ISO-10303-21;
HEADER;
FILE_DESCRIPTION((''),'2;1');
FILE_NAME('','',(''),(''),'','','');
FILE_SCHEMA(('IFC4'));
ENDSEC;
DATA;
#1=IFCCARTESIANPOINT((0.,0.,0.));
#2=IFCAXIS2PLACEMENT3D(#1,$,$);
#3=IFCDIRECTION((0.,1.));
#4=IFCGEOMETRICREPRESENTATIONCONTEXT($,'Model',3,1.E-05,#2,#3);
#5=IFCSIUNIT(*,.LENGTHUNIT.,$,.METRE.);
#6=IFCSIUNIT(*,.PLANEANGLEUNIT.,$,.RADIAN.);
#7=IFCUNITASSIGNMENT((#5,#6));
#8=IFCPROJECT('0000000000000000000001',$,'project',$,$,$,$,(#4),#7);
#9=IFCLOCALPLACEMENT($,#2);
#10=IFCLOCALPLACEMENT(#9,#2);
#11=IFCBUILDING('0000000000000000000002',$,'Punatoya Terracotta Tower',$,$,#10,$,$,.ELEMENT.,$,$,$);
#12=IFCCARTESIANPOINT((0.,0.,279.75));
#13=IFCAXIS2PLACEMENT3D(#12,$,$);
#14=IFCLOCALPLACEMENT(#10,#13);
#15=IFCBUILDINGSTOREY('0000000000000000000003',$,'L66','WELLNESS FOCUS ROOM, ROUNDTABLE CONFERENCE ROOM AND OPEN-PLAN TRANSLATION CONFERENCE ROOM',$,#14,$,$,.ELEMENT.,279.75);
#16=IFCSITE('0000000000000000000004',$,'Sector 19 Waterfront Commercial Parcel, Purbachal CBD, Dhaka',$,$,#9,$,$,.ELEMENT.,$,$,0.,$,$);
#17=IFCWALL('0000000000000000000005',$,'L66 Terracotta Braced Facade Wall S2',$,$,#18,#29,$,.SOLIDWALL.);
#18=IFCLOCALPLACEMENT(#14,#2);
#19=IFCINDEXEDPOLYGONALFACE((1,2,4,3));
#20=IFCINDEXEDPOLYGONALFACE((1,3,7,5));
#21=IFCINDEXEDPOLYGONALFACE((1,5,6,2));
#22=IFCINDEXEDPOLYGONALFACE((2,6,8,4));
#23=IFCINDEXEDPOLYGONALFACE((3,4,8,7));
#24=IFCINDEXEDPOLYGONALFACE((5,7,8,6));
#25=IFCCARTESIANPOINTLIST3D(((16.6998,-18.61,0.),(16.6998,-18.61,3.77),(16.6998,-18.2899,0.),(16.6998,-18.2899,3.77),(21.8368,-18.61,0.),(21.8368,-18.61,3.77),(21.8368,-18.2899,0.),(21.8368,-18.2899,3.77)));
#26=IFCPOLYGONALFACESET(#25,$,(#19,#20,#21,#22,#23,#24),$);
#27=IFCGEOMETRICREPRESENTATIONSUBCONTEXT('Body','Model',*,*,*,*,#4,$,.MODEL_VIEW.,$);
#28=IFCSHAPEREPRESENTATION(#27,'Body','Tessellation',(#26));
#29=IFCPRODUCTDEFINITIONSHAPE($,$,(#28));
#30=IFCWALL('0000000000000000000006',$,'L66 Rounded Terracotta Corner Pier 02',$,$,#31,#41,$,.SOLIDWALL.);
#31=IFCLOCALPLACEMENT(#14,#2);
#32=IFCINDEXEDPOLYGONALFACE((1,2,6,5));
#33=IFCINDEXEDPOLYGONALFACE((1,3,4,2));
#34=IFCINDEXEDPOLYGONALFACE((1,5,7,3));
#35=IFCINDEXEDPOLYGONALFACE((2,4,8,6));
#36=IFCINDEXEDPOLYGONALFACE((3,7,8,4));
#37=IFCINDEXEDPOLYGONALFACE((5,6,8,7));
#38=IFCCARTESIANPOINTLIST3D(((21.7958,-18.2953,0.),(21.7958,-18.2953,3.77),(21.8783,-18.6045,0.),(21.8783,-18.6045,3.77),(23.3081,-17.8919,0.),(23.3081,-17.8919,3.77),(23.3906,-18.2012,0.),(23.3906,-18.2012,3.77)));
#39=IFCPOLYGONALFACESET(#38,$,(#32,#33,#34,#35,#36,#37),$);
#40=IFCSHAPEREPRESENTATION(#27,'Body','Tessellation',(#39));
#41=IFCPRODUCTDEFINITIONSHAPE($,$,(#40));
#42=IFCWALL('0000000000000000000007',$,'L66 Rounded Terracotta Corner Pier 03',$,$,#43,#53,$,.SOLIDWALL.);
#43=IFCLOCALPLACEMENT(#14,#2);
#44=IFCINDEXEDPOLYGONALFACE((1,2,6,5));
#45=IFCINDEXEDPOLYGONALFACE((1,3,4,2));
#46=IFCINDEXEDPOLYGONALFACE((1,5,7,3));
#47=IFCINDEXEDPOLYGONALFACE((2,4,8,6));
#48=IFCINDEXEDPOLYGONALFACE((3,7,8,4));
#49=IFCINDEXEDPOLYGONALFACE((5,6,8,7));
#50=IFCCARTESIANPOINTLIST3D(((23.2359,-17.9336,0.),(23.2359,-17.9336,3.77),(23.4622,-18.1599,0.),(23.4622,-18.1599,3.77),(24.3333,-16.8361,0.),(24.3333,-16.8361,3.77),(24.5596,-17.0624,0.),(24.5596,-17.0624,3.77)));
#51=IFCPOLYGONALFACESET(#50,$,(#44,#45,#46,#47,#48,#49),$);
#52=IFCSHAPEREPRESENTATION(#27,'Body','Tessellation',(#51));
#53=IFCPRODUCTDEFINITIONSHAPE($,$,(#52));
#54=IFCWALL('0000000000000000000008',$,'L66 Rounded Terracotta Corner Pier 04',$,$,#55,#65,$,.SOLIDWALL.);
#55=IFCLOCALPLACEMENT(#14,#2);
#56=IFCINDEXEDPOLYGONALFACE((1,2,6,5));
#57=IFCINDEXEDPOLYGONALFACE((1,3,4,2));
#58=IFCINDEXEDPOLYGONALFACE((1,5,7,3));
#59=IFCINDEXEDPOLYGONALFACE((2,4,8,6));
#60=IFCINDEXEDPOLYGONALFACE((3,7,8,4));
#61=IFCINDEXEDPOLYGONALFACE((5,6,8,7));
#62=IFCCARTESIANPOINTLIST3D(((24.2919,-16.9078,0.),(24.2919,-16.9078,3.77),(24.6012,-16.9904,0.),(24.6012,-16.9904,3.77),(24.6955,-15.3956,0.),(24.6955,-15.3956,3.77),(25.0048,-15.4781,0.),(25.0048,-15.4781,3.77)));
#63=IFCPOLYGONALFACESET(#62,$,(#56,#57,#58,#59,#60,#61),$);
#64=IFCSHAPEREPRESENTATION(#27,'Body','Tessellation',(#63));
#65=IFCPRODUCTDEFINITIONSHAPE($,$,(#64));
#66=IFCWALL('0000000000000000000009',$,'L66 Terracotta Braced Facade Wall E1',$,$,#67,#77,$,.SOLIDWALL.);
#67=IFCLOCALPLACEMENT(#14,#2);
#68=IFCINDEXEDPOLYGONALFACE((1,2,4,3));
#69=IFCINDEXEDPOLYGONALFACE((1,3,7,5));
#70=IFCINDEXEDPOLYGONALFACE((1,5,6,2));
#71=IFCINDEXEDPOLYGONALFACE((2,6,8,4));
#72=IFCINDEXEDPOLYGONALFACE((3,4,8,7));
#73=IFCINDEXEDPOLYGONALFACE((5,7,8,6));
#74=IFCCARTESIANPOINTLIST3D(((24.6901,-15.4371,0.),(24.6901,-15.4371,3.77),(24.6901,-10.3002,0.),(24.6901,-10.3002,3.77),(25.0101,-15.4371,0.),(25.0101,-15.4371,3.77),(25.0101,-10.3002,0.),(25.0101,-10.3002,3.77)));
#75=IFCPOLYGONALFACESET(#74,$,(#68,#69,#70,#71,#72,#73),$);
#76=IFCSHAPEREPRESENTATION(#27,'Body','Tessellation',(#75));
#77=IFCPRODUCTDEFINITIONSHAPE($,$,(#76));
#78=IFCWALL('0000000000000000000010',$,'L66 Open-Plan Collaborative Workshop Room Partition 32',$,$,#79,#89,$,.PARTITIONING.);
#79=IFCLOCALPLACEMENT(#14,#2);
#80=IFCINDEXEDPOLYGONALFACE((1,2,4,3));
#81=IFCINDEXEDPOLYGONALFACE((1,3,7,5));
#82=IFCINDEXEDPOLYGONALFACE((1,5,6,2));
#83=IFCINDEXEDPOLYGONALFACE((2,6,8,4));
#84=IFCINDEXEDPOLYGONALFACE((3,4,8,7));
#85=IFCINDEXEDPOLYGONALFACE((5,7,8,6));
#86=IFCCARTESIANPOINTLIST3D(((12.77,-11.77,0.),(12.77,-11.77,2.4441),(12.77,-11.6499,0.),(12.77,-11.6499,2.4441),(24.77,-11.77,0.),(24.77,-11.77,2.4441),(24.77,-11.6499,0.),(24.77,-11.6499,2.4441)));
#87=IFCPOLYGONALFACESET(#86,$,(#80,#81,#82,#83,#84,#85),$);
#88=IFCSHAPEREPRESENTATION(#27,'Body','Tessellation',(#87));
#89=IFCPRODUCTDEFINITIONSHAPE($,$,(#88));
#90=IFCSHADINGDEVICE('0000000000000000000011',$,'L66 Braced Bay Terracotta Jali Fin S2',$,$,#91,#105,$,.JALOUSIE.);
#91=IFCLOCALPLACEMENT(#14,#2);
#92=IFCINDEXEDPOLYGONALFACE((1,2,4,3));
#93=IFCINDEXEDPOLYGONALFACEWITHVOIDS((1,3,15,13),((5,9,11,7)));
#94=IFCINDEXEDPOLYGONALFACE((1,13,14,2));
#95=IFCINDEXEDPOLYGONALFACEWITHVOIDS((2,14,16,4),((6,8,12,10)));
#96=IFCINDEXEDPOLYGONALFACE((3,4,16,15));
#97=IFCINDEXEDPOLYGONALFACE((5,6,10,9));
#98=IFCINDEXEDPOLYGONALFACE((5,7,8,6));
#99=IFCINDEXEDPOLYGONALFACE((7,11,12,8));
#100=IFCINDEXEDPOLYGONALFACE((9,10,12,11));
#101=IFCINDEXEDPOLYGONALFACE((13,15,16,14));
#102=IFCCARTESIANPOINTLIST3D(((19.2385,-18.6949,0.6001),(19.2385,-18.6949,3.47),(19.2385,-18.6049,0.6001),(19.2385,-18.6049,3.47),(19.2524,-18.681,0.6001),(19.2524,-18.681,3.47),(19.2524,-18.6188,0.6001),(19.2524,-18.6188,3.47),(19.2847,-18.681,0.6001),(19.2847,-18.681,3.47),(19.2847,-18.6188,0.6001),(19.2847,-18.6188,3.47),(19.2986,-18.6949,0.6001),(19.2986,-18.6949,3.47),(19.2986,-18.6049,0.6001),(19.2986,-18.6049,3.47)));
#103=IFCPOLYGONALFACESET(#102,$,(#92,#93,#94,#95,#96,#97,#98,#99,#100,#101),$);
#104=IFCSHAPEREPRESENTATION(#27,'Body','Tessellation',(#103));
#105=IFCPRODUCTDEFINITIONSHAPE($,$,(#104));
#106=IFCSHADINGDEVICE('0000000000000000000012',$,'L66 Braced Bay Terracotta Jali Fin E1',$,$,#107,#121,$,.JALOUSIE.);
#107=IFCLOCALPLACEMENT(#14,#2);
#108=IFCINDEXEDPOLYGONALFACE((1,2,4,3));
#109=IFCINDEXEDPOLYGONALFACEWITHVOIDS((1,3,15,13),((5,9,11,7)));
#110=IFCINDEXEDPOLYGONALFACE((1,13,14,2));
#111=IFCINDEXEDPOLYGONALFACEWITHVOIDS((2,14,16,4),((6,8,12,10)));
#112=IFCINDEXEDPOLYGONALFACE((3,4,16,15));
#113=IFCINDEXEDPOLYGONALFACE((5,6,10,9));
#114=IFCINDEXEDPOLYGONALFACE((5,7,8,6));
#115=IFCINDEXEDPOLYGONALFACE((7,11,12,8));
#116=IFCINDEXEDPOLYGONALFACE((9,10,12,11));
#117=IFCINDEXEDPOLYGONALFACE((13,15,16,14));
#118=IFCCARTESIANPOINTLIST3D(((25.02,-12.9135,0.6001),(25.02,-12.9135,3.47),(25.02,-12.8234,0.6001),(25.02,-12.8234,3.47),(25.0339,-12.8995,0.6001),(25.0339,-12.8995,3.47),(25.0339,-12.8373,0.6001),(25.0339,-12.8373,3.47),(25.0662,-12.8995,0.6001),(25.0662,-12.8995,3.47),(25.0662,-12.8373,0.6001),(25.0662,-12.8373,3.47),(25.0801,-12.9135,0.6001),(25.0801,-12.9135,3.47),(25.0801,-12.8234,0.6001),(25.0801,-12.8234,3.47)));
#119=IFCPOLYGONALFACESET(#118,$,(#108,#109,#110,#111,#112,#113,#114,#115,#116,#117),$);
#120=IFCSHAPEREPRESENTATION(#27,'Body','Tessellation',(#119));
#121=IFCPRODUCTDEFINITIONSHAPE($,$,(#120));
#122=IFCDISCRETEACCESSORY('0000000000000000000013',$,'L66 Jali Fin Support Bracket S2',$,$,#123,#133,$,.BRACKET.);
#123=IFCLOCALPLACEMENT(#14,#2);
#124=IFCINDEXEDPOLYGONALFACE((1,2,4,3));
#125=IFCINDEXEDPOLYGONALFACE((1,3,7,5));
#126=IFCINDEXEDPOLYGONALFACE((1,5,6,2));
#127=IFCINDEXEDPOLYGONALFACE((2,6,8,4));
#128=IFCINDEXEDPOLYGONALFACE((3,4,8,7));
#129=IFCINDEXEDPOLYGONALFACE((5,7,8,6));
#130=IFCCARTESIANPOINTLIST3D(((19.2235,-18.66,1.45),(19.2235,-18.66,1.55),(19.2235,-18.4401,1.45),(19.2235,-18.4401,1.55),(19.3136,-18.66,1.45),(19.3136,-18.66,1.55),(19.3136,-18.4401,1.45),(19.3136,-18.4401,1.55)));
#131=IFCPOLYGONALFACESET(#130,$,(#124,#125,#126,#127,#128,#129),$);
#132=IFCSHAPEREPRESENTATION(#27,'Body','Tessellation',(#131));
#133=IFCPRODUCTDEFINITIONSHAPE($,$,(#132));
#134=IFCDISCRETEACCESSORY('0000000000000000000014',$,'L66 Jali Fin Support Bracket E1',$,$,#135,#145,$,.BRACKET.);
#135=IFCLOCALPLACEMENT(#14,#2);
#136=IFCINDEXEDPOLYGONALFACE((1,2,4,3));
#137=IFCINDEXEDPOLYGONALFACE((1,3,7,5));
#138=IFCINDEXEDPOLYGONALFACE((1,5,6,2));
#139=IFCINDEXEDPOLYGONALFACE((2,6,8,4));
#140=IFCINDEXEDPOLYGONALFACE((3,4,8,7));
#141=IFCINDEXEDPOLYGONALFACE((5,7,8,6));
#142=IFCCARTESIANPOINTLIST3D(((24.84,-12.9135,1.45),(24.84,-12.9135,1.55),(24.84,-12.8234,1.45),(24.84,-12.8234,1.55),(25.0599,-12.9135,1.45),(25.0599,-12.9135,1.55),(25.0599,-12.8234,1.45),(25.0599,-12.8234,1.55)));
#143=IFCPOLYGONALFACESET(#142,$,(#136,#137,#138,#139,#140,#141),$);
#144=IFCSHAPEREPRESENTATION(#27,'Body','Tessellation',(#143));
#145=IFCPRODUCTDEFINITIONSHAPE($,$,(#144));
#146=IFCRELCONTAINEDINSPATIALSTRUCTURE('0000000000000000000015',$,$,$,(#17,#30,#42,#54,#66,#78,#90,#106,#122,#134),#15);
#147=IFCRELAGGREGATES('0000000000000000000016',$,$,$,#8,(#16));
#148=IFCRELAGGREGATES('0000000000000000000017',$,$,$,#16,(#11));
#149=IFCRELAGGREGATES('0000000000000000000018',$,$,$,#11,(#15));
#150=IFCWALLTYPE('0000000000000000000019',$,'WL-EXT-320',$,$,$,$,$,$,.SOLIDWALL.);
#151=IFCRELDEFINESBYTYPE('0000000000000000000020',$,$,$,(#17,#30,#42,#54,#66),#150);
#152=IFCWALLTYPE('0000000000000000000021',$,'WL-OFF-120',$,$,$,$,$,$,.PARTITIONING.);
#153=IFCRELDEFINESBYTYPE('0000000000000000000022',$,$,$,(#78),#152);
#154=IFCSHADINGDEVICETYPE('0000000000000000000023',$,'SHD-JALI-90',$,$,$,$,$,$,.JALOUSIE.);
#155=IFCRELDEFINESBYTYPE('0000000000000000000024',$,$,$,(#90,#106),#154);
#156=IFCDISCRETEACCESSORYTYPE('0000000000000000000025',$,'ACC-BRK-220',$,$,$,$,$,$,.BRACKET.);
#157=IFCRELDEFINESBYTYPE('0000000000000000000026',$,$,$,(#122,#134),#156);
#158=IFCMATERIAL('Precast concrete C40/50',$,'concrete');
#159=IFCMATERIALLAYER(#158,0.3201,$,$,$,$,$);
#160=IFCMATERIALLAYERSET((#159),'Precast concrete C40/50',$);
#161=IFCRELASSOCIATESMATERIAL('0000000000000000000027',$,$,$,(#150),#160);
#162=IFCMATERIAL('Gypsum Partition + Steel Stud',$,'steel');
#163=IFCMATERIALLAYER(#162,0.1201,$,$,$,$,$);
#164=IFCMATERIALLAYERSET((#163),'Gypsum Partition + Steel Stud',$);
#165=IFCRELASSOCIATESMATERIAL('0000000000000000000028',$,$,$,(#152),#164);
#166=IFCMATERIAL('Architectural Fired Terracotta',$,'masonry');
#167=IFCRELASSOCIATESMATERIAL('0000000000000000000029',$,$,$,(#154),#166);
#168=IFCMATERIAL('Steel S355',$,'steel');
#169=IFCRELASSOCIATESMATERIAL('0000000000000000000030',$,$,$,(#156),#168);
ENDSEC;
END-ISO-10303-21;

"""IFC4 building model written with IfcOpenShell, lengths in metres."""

from ifc_helpers import new_model, si_unit, direction, frame, frame_2d, origin, origin_2d, place, context, subcontext, project, spatial, rectangle, hollow_rectangle, extrude, material, layer, layer_set, material_profile, profile_set, type_object, element, save


model = new_model("IFC4")

# Units and contexts
model_context = context("Model", 3, precision=1e-05, world=origin(), true_north=direction((0.0, 1.0)))
body_context = subcontext(model_context, "Body", "Model", "MODEL_VIEW")
ifc_project = project(units=[si_unit("LENGTHUNIT", "METRE"), si_unit("PLANEANGLEUNIT", "RADIAN")], contexts=[model_context])

# Site, building, storey
site_placement = place(None, origin())
site = spatial("IfcSite", under=ifc_project, at=site_placement, Name="Sector 19 Waterfront Commercial Parcel, Purbachal CBD, Dhaka", CompositionType="ELEMENT", RefElevation=0.0)
building_placement = place(site_placement, origin())
building = spatial("IfcBuilding", under=site, at=building_placement, Name="Punatoya Terracotta Tower", CompositionType="ELEMENT")
storey_placement = place(building_placement, frame((0.0, 0.0, 279.75)))
storey = spatial("IfcBuildingStorey", under=building, at=storey_placement, Name="L66", Description="WELLNESS FOCUS ROOM, ROUNDTABLE CONFERENCE ROOM AND OPEN-PLAN TRANSLATION CONFERENCE ROOM", CompositionType="ELEMENT", Elevation=279.75)

# Shared definitions
ifc_material_1 = material(Name="Steel S355", Category="steel")

# Walls
ifc_material_2 = material(Name="Precast concrete C40/50", Category="concrete")
ifc_layer_1 = layer(ifc_material_2, 0.3201)
ifc_layer_set_1 = layer_set([ifc_layer_1], Name="Precast concrete C40/50")
wall_type_1 = type_object("IfcWallType", Name="WL-EXT-320", PredefinedType="SOLIDWALL", material=ifc_layer_set_1)
wall_1_placement = place(storey_placement, frame((16.7, -18.45, 0.0), z_axis=(0.0, 0.0, 1.0), x_axis=(1.0, 0.0, 0.0)))
element("IfcWall", 1, at=wall_1_placement, inside=storey, type_object=wall_type_1, Name="L66 Terracotta Braced Facade Wall S2", PredefinedType="SOLIDWALL", context=body_context, shape_type="SweptSolid", body=[
    extrude(rectangle(XDim=5.137, YDim=0.3201, at=frame_2d((2.5684, 0.0))), origin(), (0.0, 0.0, 1.0), 3.77),
])
wall_2_placement = place(storey_placement, frame((21.8369, -18.45, 0.0), z_axis=(0.0, 0.0, 1.0), x_axis=(0.966225, 0.257701, 0.0)))
element("IfcWall", 2, at=wall_2_placement, inside=storey, type_object=wall_type_1, Name="L66 Rounded Terracotta Corner Pier 02", PredefinedType="SOLIDWALL", context=body_context, shape_type="SweptSolid", body=[
    extrude(rectangle(XDim=1.5652, YDim=0.3201, at=frame_2d((0.7827, 0.0))), origin(), (0.0, 0.0, 1.0), 3.77),
])
wall_3_placement = place(storey_placement, frame((23.3491, -18.0466, 0.0), z_axis=(0.0, 0.0, 1.0), x_axis=(0.707107, 0.707107, 0.0)))
element("IfcWall", 3, at=wall_3_placement, inside=storey, type_object=wall_type_1, Name="L66 Rounded Terracotta Corner Pier 03", PredefinedType="SOLIDWALL", context=body_context, shape_type="SweptSolid", body=[
    extrude(rectangle(XDim=1.552, YDim=0.3201, at=frame_2d((0.7759, 0.0))), origin(), (0.0, 0.0, 1.0), 3.77),
])
wall_4_placement = place(storey_placement, frame((24.4465, -16.9492, 0.0), z_axis=(0.0, 0.0, 1.0), x_axis=(0.257847, 0.966186, 0.0)))
element("IfcWall", 4, at=wall_4_placement, inside=storey, type_object=wall_type_1, Name="L66 Rounded Terracotta Corner Pier 04", PredefinedType="SOLIDWALL", context=body_context, shape_type="SweptSolid", body=[
    extrude(rectangle(XDim=1.5652, YDim=0.3201, at=frame_2d((0.7827, 0.0))), origin(), (0.0, 0.0, 1.0), 3.77),
])
wall_5_placement = place(storey_placement, frame((24.8501, -15.437, 0.0), z_axis=(0.0, 0.0, 1.0), x_axis=(0.0, 1.0, 0.0)))
element("IfcWall", 5, at=wall_5_placement, inside=storey, type_object=wall_type_1, Name="L66 Terracotta Braced Facade Wall E1", PredefinedType="SOLIDWALL", context=body_context, shape_type="SweptSolid", body=[
    extrude(rectangle(XDim=5.137, YDim=0.3201, at=frame_2d((2.5684, 0.0))), origin(), (0.0, 0.0, 1.0), 3.77),
])
ifc_material_3 = material(Name="Gypsum Partition + Steel Stud", Category="steel")
ifc_layer_2 = layer(ifc_material_3, 0.1201)
ifc_layer_set_2 = layer_set([ifc_layer_2], Name="Gypsum Partition + Steel Stud")
wall_type_2 = type_object("IfcWallType", Name="WL-OFF-120", PredefinedType="PARTITIONING", material=ifc_layer_set_2)
wall_6_placement = place(storey_placement, frame((12.77, -11.71, 0.0), z_axis=(0.0, 0.0, 1.0), x_axis=(1.0, 0.0, 0.0)))
element("IfcWall", 6, at=wall_6_placement, inside=storey, type_object=wall_type_2, Name="L66 Open-Plan Collaborative Workshop Room Partition 32", PredefinedType="PARTITIONING", context=body_context, shape_type="SweptSolid", body=[
    extrude(rectangle(XDim=12.0, YDim=0.1201, at=frame_2d((6.0, 0.0))), origin(), (0.0, 0.0, 1.0), 2.4441),
])

# Shading devices
ifc_material_4 = material(Name="Architectural Fired Terracotta", Category="masonry")
ifc_material_profile_1 = material_profile(ifc_material_4, hollow_rectangle(XDim=0.0601, YDim=0.0901, WallThickness=0.0139, at=origin_2d()))
ifc_profile_set_1 = profile_set([ifc_material_profile_1], Name="Architectural Fired Terracotta")
shading_device_type = type_object("IfcShadingDeviceType", Name="SHD-JALI-90", PredefinedType="JALOUSIE", material=ifc_profile_set_1)
for number, where, z_axis, x_axis, name in (
    (7, (19.2686, -18.6499, 0.6001), (0.0, 0.0, 1.0), (1.0, 0.0, 0.0), "L66 Braced Bay Terracotta Jali Fin S2"),
    (8, (25.05, -12.8684, 0.6001), (0.0, 0.0, 1.0), (1.0, 0.0, 0.0), "L66 Braced Bay Terracotta Jali Fin E1"),
):
    element("IfcShadingDevice", number, at=place(storey_placement, frame(where, z_axis=z_axis, x_axis=x_axis)), inside=storey, type_object=shading_device_type, Name=name, PredefinedType="JALOUSIE", context=body_context, shape_type="SweptSolid", body=[
        extrude(hollow_rectangle(XDim=0.0601, YDim=0.0901, WallThickness=0.0139, at=origin_2d()), origin(), (0.0, 0.0, 1.0), 2.8699),
    ])

# Discrete accessories
discrete_accessory_type = type_object("IfcDiscreteAccessoryType", Name="ACC-BRK-220", PredefinedType="BRACKET", material=ifc_material_1)
for number, where, z_axis, x_axis, name in (
    (9, (19.2686, -18.55, 1.45), (0.0, 0.0, 1.0), (1.0, 0.0, 0.0), "L66 Jali Fin Support Bracket S2"),
    (10, (24.95, -12.8684, 1.45), (0.0, 0.0, 1.0), (0.0, 1.0, 0.0), "L66 Jali Fin Support Bracket E1"),
):
    element("IfcDiscreteAccessory", number, at=place(storey_placement, frame(where, z_axis=z_axis, x_axis=x_axis)), inside=storey, type_object=discrete_accessory_type, Name=name, PredefinedType="BRACKET", context=body_context, shape_type="SweptSolid", body=[
        extrude(rectangle(XDim=0.0901, YDim=0.22, at=origin_2d()), origin(), (0.0, 0.0, 1.0), 0.1001),
    ])

save(model, "model.ifc")
